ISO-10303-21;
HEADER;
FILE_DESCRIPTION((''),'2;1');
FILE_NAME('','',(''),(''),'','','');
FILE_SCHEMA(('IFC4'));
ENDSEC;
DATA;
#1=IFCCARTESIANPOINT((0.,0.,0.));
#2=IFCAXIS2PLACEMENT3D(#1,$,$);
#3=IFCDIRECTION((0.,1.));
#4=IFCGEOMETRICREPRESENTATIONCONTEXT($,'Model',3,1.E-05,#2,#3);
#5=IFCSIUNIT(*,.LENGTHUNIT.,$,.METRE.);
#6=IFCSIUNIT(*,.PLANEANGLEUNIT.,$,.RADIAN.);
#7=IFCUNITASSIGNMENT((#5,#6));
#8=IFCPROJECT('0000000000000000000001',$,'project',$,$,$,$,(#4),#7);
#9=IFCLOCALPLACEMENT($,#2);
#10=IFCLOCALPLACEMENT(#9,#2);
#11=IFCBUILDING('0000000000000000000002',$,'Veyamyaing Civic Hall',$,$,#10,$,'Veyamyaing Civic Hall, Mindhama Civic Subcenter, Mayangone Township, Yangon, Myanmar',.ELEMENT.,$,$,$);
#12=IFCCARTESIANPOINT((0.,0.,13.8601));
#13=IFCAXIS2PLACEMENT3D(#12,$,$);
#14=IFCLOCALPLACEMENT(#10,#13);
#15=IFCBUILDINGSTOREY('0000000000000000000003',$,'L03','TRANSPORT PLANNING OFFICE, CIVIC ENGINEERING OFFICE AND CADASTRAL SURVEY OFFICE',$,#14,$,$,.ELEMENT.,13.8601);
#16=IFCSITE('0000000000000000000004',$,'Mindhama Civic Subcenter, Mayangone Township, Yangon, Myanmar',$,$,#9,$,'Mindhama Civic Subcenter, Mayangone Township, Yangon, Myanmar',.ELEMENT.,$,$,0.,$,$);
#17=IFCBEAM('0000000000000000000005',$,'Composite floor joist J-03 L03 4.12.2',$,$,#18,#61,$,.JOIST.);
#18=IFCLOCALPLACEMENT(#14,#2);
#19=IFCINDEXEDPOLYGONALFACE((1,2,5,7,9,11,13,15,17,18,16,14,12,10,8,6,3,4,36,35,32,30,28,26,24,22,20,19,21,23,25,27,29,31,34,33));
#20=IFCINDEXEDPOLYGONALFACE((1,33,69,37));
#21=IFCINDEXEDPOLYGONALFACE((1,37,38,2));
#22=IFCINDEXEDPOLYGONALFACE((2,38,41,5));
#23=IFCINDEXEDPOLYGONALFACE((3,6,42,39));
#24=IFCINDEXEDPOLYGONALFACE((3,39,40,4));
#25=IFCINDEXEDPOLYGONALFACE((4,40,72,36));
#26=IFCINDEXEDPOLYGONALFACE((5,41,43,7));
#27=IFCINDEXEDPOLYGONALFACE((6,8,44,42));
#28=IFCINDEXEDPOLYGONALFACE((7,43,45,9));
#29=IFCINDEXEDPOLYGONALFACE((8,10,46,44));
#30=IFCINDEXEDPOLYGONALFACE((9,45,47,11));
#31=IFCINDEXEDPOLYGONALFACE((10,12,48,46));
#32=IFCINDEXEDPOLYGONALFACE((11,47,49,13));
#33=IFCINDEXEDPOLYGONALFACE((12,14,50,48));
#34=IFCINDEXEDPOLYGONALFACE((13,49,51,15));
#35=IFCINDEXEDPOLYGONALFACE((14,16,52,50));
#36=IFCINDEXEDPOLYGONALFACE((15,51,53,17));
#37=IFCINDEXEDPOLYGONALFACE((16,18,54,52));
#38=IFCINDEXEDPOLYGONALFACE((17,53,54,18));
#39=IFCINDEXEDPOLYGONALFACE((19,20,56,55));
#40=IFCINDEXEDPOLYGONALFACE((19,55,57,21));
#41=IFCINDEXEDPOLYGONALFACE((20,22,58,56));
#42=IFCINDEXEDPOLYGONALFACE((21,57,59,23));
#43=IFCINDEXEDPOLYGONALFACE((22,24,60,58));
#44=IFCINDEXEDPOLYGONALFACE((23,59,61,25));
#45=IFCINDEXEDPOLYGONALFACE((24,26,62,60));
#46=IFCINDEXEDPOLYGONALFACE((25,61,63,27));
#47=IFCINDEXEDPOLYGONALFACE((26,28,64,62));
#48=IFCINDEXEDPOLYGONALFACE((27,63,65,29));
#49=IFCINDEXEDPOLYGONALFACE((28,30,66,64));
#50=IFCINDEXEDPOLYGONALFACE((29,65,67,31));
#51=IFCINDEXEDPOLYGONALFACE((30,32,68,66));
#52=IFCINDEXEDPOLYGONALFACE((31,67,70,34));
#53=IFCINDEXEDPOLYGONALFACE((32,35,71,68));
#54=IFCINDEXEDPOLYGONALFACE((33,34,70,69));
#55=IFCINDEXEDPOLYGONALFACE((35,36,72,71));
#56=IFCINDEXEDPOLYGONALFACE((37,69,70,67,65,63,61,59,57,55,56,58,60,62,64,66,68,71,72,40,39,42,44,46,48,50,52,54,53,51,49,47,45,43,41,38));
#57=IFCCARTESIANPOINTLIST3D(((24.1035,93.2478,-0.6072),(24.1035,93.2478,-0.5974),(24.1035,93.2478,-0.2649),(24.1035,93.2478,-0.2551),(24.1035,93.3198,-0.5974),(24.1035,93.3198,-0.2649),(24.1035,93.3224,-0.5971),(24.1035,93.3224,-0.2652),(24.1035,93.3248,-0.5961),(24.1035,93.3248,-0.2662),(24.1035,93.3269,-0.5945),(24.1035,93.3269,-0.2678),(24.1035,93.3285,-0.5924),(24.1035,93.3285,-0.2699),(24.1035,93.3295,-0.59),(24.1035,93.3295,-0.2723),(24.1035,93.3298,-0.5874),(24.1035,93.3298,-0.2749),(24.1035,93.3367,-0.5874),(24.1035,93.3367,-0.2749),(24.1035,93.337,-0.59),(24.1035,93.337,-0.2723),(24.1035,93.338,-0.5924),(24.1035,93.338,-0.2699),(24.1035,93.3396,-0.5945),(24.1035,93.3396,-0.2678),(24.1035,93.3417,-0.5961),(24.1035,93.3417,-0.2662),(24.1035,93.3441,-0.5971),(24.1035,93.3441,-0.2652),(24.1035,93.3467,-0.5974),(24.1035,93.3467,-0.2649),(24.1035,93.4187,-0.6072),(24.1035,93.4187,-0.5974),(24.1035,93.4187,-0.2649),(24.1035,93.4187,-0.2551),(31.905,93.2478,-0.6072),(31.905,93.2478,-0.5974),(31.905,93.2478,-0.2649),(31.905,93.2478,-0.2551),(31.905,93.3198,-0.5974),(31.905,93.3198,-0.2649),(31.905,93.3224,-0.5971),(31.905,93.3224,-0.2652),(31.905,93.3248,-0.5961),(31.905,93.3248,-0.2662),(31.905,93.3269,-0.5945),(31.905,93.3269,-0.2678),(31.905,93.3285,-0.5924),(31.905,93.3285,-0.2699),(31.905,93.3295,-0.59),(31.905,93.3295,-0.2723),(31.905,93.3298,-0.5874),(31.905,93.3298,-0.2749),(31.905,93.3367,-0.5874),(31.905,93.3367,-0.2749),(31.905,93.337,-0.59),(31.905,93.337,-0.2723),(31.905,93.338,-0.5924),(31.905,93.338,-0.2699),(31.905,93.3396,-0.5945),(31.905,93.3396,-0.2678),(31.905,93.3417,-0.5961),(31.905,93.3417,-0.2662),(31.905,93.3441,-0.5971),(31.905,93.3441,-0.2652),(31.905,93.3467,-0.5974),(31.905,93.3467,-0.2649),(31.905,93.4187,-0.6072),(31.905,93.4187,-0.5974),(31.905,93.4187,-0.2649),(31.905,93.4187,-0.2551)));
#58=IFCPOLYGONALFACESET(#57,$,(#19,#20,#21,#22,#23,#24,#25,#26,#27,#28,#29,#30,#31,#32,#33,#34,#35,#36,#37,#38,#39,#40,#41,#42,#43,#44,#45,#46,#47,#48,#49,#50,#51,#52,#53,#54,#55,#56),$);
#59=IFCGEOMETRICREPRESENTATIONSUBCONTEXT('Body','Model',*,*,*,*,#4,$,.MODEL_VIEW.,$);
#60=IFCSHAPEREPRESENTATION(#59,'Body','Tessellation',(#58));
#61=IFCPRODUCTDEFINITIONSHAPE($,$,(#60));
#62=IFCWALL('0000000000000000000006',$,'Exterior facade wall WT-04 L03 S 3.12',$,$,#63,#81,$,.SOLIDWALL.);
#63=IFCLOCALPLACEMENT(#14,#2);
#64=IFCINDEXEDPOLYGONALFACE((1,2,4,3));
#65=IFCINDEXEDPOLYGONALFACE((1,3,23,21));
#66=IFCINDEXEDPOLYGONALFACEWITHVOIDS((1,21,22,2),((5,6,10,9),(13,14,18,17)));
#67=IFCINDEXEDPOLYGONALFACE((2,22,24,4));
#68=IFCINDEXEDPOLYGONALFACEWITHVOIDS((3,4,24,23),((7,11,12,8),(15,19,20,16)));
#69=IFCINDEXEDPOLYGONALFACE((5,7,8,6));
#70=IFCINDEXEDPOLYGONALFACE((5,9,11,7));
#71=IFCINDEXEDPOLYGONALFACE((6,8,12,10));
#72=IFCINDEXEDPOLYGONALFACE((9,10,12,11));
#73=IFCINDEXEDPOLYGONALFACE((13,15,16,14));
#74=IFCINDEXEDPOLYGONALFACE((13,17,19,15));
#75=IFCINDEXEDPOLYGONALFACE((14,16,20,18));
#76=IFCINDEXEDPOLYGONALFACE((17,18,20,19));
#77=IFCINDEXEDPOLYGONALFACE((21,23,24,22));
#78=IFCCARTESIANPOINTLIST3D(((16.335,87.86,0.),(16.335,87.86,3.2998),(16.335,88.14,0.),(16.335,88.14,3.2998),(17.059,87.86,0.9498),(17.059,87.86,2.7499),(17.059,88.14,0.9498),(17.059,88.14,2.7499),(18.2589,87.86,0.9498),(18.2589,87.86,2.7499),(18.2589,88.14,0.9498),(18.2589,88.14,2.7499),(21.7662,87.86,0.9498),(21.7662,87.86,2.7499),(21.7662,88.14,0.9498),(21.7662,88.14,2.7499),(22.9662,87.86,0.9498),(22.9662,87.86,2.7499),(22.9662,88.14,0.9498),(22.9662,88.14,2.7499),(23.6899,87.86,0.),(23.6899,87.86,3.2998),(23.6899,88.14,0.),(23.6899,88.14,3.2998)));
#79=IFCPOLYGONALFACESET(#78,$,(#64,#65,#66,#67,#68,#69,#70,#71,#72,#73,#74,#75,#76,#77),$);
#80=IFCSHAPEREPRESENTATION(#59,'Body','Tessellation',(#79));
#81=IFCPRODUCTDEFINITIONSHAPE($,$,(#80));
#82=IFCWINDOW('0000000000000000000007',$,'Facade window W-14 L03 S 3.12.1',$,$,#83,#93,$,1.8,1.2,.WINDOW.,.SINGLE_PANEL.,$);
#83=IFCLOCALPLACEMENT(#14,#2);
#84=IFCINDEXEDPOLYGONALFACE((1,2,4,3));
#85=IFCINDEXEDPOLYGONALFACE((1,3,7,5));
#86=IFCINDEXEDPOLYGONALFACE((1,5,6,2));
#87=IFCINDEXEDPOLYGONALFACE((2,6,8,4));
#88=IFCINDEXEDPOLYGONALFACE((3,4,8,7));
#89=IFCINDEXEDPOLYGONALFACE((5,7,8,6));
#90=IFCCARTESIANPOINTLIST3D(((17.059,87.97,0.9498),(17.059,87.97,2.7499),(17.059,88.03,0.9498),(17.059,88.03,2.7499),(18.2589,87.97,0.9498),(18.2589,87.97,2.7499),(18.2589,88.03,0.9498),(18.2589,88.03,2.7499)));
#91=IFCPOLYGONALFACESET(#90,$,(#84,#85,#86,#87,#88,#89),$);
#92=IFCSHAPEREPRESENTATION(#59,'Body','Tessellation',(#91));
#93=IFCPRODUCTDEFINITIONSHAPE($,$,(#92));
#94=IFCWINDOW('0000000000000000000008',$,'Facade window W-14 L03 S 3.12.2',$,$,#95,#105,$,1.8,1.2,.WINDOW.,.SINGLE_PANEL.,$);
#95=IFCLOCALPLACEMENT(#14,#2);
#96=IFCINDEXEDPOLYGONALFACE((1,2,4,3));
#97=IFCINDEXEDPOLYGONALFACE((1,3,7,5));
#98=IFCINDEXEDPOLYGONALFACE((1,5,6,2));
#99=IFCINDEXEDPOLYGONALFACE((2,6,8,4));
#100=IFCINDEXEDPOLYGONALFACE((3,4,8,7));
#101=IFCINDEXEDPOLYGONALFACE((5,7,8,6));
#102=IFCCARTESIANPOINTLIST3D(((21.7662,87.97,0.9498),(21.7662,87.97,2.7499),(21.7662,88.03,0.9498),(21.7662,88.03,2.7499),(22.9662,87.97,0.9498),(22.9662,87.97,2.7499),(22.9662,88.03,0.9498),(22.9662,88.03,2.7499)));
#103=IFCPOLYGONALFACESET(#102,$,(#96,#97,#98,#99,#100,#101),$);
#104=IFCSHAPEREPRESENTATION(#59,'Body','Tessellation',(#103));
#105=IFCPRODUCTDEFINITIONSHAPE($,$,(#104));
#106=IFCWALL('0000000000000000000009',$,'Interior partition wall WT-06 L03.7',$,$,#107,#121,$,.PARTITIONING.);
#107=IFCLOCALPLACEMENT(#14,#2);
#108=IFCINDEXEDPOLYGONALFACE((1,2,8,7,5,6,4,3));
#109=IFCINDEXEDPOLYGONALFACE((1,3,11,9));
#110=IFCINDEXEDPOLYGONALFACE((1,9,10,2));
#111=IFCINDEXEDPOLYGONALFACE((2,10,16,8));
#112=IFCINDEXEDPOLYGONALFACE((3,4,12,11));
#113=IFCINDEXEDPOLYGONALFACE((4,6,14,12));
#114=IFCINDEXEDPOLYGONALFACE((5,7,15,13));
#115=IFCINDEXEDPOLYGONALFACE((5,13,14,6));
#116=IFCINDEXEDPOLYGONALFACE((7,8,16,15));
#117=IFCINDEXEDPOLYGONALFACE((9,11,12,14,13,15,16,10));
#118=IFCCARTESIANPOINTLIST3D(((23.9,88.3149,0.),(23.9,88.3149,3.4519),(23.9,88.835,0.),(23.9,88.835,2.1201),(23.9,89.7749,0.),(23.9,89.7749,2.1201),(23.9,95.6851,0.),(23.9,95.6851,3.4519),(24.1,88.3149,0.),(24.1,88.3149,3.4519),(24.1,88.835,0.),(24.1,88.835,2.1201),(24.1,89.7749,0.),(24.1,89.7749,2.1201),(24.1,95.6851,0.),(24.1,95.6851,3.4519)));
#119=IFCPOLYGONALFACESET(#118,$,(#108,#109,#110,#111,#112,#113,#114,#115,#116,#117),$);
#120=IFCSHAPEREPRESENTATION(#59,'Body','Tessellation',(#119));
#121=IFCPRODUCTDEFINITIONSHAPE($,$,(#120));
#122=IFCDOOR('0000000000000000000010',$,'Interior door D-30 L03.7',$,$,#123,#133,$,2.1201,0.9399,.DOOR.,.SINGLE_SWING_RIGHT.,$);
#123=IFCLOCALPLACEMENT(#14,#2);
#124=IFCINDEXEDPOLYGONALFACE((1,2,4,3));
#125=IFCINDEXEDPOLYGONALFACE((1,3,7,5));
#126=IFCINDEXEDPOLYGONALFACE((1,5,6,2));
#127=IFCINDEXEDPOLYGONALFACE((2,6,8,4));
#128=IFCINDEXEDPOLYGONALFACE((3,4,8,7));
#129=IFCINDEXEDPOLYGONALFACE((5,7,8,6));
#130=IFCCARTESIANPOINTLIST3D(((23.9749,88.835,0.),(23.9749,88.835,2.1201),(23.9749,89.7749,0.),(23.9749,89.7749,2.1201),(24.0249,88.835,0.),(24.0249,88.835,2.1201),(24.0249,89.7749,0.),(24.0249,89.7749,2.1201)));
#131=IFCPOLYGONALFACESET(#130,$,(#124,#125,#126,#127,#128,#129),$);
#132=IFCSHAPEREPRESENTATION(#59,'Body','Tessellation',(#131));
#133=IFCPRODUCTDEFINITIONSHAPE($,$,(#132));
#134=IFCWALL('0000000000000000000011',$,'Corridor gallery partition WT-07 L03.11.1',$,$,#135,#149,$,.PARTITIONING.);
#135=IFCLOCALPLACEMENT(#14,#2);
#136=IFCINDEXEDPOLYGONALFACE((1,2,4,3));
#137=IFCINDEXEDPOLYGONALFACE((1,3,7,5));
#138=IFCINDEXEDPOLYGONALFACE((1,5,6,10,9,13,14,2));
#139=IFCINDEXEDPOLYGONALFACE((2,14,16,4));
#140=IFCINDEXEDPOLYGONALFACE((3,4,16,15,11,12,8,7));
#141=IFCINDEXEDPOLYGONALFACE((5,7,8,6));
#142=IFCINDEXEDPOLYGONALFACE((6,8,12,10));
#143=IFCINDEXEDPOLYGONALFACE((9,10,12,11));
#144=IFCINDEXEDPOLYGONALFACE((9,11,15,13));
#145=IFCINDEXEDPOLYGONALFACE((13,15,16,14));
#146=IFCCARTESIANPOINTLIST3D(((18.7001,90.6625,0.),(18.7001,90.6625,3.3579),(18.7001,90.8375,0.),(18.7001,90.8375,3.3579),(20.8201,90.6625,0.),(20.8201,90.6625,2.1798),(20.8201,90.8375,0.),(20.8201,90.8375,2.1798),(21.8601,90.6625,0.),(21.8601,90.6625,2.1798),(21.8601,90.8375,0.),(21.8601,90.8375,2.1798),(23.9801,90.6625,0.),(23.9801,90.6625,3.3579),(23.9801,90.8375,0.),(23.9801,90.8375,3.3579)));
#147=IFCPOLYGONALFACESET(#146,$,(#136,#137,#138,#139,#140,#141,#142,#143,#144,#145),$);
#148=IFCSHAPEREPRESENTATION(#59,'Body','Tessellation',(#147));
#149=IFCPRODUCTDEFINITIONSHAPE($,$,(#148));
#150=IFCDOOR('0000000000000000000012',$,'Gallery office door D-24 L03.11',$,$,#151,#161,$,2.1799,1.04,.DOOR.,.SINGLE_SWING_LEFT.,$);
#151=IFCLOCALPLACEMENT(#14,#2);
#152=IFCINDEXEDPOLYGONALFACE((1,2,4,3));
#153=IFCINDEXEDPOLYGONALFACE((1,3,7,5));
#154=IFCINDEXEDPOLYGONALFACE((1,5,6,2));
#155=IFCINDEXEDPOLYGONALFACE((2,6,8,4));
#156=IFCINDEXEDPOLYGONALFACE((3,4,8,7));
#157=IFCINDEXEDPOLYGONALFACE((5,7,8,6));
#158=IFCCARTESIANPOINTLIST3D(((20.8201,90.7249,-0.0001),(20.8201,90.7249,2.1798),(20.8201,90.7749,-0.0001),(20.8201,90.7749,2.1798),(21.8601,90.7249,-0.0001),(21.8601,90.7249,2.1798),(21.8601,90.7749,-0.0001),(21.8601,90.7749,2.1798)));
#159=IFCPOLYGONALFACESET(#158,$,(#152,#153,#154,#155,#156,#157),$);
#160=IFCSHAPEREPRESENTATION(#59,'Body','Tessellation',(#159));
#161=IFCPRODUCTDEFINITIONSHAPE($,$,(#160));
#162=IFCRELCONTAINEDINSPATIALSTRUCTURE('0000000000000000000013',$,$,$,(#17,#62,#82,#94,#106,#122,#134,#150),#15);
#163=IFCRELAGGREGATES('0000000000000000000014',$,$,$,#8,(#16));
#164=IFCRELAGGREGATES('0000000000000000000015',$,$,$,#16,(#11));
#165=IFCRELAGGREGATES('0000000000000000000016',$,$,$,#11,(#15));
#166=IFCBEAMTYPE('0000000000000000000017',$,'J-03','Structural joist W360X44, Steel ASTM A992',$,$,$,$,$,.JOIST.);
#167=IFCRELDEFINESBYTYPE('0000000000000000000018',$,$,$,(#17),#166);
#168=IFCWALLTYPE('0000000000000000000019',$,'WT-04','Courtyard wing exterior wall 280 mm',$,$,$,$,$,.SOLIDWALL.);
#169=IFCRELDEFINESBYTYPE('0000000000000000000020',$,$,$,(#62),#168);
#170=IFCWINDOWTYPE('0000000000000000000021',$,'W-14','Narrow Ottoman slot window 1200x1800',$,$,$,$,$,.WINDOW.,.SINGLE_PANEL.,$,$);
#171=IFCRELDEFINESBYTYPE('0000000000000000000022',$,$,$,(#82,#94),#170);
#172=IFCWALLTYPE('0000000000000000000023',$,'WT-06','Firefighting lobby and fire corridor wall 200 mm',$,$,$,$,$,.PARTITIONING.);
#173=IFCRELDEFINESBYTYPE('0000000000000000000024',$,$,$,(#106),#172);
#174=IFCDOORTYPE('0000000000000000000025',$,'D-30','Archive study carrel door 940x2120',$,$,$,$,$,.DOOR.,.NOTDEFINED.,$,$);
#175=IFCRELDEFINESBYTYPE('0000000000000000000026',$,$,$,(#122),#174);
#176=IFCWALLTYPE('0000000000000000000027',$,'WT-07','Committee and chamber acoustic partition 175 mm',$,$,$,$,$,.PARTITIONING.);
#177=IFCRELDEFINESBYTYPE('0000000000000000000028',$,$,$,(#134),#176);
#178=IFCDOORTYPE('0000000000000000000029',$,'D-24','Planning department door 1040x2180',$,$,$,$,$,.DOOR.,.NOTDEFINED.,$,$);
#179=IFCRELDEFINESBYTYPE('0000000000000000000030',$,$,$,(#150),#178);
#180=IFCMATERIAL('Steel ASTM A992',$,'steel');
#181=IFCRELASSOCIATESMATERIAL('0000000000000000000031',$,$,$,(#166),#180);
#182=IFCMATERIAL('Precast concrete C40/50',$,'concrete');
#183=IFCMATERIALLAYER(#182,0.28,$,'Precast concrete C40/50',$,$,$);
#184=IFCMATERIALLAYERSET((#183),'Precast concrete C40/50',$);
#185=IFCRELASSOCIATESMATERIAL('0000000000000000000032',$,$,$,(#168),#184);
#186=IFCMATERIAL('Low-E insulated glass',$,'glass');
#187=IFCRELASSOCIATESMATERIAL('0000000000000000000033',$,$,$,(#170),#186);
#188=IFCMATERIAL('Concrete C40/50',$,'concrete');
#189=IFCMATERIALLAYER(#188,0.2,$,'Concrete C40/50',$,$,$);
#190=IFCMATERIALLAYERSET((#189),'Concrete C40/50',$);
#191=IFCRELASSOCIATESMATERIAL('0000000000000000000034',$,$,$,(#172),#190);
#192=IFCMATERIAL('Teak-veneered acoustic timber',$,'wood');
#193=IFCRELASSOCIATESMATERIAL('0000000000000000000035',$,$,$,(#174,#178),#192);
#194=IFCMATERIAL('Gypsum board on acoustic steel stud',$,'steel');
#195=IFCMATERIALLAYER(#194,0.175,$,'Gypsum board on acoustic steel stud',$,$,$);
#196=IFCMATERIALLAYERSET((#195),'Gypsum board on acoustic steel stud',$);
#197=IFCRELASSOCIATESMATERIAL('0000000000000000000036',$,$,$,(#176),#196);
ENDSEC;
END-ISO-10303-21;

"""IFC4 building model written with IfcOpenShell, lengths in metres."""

from ifc_helpers import new_model, si_unit, direction, frame, frame_2d, origin, origin_2d, place, context, subcontext, project, spatial, rectangle, i_section, extrude, material, layer, layer_set, material_profile, profile_set, type_object, element, fill, save


model = new_model("IFC4")

# Units and contexts
model_context = context("Model", 3, precision=1e-05, world=origin(), true_north=direction((0.0, 1.0)))
body_context = subcontext(model_context, "Body", "Model", "MODEL_VIEW")
ifc_project = project(units=[si_unit("LENGTHUNIT", "METRE"), si_unit("PLANEANGLEUNIT", "RADIAN")], contexts=[model_context])

# Site, building, storey
site_placement = place(None, origin())
site = spatial("IfcSite", under=ifc_project, at=site_placement, Name="Mindhama Civic Subcenter, Mayangone Township, Yangon, Myanmar", LongName="Mindhama Civic Subcenter, Mayangone Township, Yangon, Myanmar", CompositionType="ELEMENT", RefElevation=0.0)
building_placement = place(site_placement, origin())
building = spatial("IfcBuilding", under=site, at=building_placement, Name="Veyamyaing Civic Hall", LongName="Veyamyaing Civic Hall, Mindhama Civic Subcenter, Mayangone Township, Yangon, Myanmar", CompositionType="ELEMENT")
storey_placement = place(building_placement, frame((0.0, 0.0, 13.8601)))
storey = spatial("IfcBuildingStorey", under=building, at=storey_placement, Name="L03", Description="TRANSPORT PLANNING OFFICE, CIVIC ENGINEERING OFFICE AND CADASTRAL SURVEY OFFICE", CompositionType="ELEMENT", Elevation=13.8601)

# Shared definitions
ifc_material_1 = material(Name="Steel ASTM A992", Category="steel")

# Beam
ifc_material_profile_1 = material_profile(ifc_material_1, i_section(OverallWidth=0.1709, OverallDepth=0.3521, WebThickness=0.0068, FlangeThickness=0.0098, FilletRadius=0.01, at=origin_2d()), Name="W360X44")
ifc_profile_set_1 = profile_set([ifc_material_profile_1], Name="Steel ASTM A992")
beam_type_1 = type_object("IfcBeamType", Name="J-03", Description="Structural joist W360X44, Steel ASTM A992", PredefinedType="JOIST", material=ifc_profile_set_1)
for number, where, z_axis, x_axis, name in (
    (1, (24.1035, 93.3333, -0.4312), (1.0, 0.0, 0.0), (0.0, 1.0, 0.0), "Composite floor joist J-03 L03 4.12.2"),
):
    element("IfcBeam", number, at=place(storey_placement, frame(where, z_axis=z_axis, x_axis=x_axis)), inside=storey, type_object=beam_type_1, Name=name, PredefinedType="JOIST", context=body_context, shape_type="SweptSolid", body=[
        extrude(i_section(OverallWidth=0.1709, OverallDepth=0.3521, WebThickness=0.0068, FlangeThickness=0.0098, FilletRadius=0.01, at=origin_2d()), origin(), (0.0, 0.0, 1.0), 7.8015),
    ])

# Wall, openings, windows
ifc_material_2 = material(Name="Precast concrete C40/50", Category="concrete")
ifc_layer_1 = layer(ifc_material_2, 0.28, Name="Precast concrete C40/50")
ifc_layer_set_1 = layer_set([ifc_layer_1], Name="Precast concrete C40/50")
wall_type_1 = type_object("IfcWallType", Name="WT-04", Description="Courtyard wing exterior wall 280 mm", PredefinedType="SOLIDWALL", material=ifc_layer_set_1)
wall_1_placement = place(storey_placement, frame((16.335, 88.0, 0.0), z_axis=(0.0, 0.0, 1.0), x_axis=(1.0, 0.0, 0.0)))
wall_1 = element("IfcWall", 2, at=wall_1_placement, inside=storey, type_object=wall_type_1, Name="Exterior facade wall WT-04 L03 S 3.12", PredefinedType="SOLIDWALL", context=body_context, shape_type="SweptSolid", body=[
    extrude(rectangle(XDim=7.355, YDim=0.28, at=frame_2d((3.6775, 0.0))), origin(), (0.0, 0.0, 1.0), 3.2998),
])
opening_1_placement = place(wall_1_placement, frame((0.7239, 0.0, 0.95)))
opening_1 = element("IfcOpeningElement", 3, at=opening_1_placement, cuts=wall_1, PredefinedType="OPENING", context=body_context, shape_type="SweptSolid", body=[
    extrude(rectangle(XDim=1.2, YDim=1.8, at=frame_2d((0.6001, 0.8999))), frame((0.0, 0.1499, 0.0), z_axis=(0.0, -1.0, 0.0), x_axis=(1.0, 0.0, 0.0)), (0.0, 0.0, 1.0), 0.3),
])
opening_2_placement = place(wall_1_placement, frame((5.4312, 0.0, 0.95)))
opening_2 = element("IfcOpeningElement", 4, at=opening_2_placement, cuts=wall_1, PredefinedType="OPENING", context=body_context, shape_type="SweptSolid", body=[
    extrude(rectangle(XDim=1.2, YDim=1.8, at=frame_2d((0.6001, 0.8999))), frame((0.0, 0.1499, 0.0), z_axis=(0.0, -1.0, 0.0), x_axis=(1.0, 0.0, 0.0)), (0.0, 0.0, 1.0), 0.3),
])
ifc_material_3 = material(Name="Low-E insulated glass", Category="glass")
window_type = type_object("IfcWindowType", Name="W-14", Description="Narrow Ottoman slot window 1200x1800", PartitioningType="SINGLE_PANEL", PredefinedType="WINDOW", material=ifc_material_3)
window_1_placement = place(opening_1_placement, origin())
window_1 = element("IfcWindow", 5, at=window_1_placement, inside=storey, type_object=window_type, Name="Facade window W-14 L03 S 3.12.1", OverallHeight=1.8, OverallWidth=1.2, PartitioningType="SINGLE_PANEL", PredefinedType="WINDOW", context=body_context, shape_type="SweptSolid", body=[
    extrude(rectangle(XDim=1.2, YDim=1.8, at=frame_2d((0.6001, 0.8999))), frame((0.0, 0.03, 0.0), z_axis=(0.0, -1.0, 0.0), x_axis=(1.0, 0.0, 0.0)), (0.0, 0.0, 1.0), 0.0601),
])
fill(opening_1, window_1)
window_2_placement = place(opening_2_placement, origin())
window_2 = element("IfcWindow", 6, at=window_2_placement, inside=storey, type_object=window_type, Name="Facade window W-14 L03 S 3.12.2", OverallHeight=1.8, OverallWidth=1.2, PartitioningType="SINGLE_PANEL", PredefinedType="WINDOW", context=body_context, shape_type="SweptSolid", body=[
    extrude(rectangle(XDim=1.2, YDim=1.8, at=frame_2d((0.6001, 0.8999))), frame((0.0, 0.03, 0.0), z_axis=(0.0, -1.0, 0.0), x_axis=(1.0, 0.0, 0.0)), (0.0, 0.0, 1.0), 0.0601),
])
fill(opening_2, window_2)

# Walls, openings, doors
ifc_material_4 = material(Name="Concrete C40/50", Category="concrete")
ifc_layer_2 = layer(ifc_material_4, 0.2, Name="Concrete C40/50")
ifc_layer_set_2 = layer_set([ifc_layer_2], Name="Concrete C40/50")
wall_type_2 = type_object("IfcWallType", Name="WT-06", Description="Firefighting lobby and fire corridor wall 200 mm", PredefinedType="PARTITIONING", material=ifc_layer_set_2)
wall_2_placement = place(storey_placement, frame((24.0, 88.3149, 0.0), z_axis=(0.0, 0.0, 1.0), x_axis=(0.0, 1.0, 0.0)))
wall_2 = element("IfcWall", 7, at=wall_2_placement, inside=storey, type_object=wall_type_2, Name="Interior partition wall WT-06 L03.7", PredefinedType="PARTITIONING", context=body_context, shape_type="SweptSolid", body=[
    extrude(rectangle(XDim=7.3701, YDim=0.2, at=frame_2d((3.6851, 0.0))), origin(), (0.0, 0.0, 1.0), 3.4519),
])
opening_3_placement = place(wall_2_placement, frame((0.52, 0.0, 0.0)))
opening_3 = element("IfcOpeningElement", 8, at=opening_3_placement, cuts=wall_2, PredefinedType="OPENING", context=body_context, shape_type="SweptSolid", body=[
    extrude(rectangle(XDim=0.9399, YDim=2.1201, at=frame_2d((0.47, 1.0601))), frame((0.0, 0.1099, 0.0), z_axis=(0.0, -1.0, 0.0), x_axis=(1.0, 0.0, 0.0)), (0.0, 0.0, 1.0), 0.22),
])
ifc_material_5 = material(Name="Teak-veneered acoustic timber", Category="wood")
door_type_1 = type_object("IfcDoorType", Name="D-30", Description="Archive study carrel door 940x2120", OperationType="NOTDEFINED", PredefinedType="DOOR", material=ifc_material_5)
door_1_placement = place(opening_3_placement, frame((0.9399, 0.0, 0.0), z_axis=(0.0, 0.0, 1.0), x_axis=(-1.0, 0.0, 0.0)))
door_1 = element("IfcDoor", 9, at=door_1_placement, inside=storey, type_object=door_type_1, Name="Interior door D-30 L03.7", OperationType="SINGLE_SWING_RIGHT", OverallHeight=2.1201, OverallWidth=0.9399, PredefinedType="DOOR", context=body_context, shape_type="SweptSolid", body=[
    extrude(rectangle(XDim=0.9399, YDim=2.1201, at=frame_2d((0.47, 1.0601))), frame((0.0, 0.0249, 0.0), z_axis=(0.0, -1.0, 0.0), x_axis=(1.0, 0.0, 0.0)), (0.0, 0.0, 1.0), 0.05),
])
fill(opening_3, door_1)
ifc_material_6 = material(Name="Gypsum board on acoustic steel stud", Category="steel")
ifc_layer_3 = layer(ifc_material_6, 0.175, Name="Gypsum board on acoustic steel stud")
ifc_layer_set_3 = layer_set([ifc_layer_3], Name="Gypsum board on acoustic steel stud")
wall_type_3 = type_object("IfcWallType", Name="WT-07", Description="Committee and chamber acoustic partition 175 mm", PredefinedType="PARTITIONING", material=ifc_layer_set_3)
wall_3_placement = place(storey_placement, frame((18.7, 90.75, 0.0), z_axis=(0.0, 0.0, 1.0), x_axis=(1.0, 0.0, 0.0)))
wall_3 = element("IfcWall", 10, at=wall_3_placement, inside=storey, type_object=wall_type_3, Name="Corridor gallery partition WT-07 L03.11.1", PredefinedType="PARTITIONING", context=body_context, shape_type="SweptSolid", body=[
    extrude(rectangle(XDim=5.28, YDim=0.175, at=frame_2d((2.6401, 0.0))), origin(), (0.0, 0.0, 1.0), 3.3579),
])
opening_4_placement = place(wall_3_placement, frame((2.1201, 0.0, 0.0)))
opening_4 = element("IfcOpeningElement", 11, at=opening_4_placement, cuts=wall_3, PredefinedType="OPENING", context=body_context, shape_type="SweptSolid", body=[
    extrude(rectangle(XDim=1.04, YDim=2.1799, at=frame_2d((0.52, 1.0898))), frame((0.0, 0.0974, 0.0), z_axis=(0.0, -1.0, 0.0), x_axis=(1.0, 0.0, 0.0)), (0.0, 0.0, 1.0), 0.1951),
])
door_type_2 = type_object("IfcDoorType", Name="D-24", Description="Planning department door 1040x2180", OperationType="NOTDEFINED", PredefinedType="DOOR", material=ifc_material_5)
door_2_placement = place(opening_4_placement, origin())
door_2 = element("IfcDoor", 12, at=door_2_placement, inside=storey, type_object=door_type_2, Name="Gallery office door D-24 L03.11", OperationType="SINGLE_SWING_LEFT", OverallHeight=2.1799, OverallWidth=1.04, PredefinedType="DOOR", context=body_context, shape_type="SweptSolid", body=[
    extrude(rectangle(XDim=1.04, YDim=2.1799, at=frame_2d((0.52, 1.0898))), frame((0.0, 0.0249, 0.0), z_axis=(0.0, -1.0, 0.0), x_axis=(1.0, 0.0, 0.0)), (0.0, 0.0, 1.0), 0.05),
])
fill(opening_4, door_2)

save(model, "model.ifc")
